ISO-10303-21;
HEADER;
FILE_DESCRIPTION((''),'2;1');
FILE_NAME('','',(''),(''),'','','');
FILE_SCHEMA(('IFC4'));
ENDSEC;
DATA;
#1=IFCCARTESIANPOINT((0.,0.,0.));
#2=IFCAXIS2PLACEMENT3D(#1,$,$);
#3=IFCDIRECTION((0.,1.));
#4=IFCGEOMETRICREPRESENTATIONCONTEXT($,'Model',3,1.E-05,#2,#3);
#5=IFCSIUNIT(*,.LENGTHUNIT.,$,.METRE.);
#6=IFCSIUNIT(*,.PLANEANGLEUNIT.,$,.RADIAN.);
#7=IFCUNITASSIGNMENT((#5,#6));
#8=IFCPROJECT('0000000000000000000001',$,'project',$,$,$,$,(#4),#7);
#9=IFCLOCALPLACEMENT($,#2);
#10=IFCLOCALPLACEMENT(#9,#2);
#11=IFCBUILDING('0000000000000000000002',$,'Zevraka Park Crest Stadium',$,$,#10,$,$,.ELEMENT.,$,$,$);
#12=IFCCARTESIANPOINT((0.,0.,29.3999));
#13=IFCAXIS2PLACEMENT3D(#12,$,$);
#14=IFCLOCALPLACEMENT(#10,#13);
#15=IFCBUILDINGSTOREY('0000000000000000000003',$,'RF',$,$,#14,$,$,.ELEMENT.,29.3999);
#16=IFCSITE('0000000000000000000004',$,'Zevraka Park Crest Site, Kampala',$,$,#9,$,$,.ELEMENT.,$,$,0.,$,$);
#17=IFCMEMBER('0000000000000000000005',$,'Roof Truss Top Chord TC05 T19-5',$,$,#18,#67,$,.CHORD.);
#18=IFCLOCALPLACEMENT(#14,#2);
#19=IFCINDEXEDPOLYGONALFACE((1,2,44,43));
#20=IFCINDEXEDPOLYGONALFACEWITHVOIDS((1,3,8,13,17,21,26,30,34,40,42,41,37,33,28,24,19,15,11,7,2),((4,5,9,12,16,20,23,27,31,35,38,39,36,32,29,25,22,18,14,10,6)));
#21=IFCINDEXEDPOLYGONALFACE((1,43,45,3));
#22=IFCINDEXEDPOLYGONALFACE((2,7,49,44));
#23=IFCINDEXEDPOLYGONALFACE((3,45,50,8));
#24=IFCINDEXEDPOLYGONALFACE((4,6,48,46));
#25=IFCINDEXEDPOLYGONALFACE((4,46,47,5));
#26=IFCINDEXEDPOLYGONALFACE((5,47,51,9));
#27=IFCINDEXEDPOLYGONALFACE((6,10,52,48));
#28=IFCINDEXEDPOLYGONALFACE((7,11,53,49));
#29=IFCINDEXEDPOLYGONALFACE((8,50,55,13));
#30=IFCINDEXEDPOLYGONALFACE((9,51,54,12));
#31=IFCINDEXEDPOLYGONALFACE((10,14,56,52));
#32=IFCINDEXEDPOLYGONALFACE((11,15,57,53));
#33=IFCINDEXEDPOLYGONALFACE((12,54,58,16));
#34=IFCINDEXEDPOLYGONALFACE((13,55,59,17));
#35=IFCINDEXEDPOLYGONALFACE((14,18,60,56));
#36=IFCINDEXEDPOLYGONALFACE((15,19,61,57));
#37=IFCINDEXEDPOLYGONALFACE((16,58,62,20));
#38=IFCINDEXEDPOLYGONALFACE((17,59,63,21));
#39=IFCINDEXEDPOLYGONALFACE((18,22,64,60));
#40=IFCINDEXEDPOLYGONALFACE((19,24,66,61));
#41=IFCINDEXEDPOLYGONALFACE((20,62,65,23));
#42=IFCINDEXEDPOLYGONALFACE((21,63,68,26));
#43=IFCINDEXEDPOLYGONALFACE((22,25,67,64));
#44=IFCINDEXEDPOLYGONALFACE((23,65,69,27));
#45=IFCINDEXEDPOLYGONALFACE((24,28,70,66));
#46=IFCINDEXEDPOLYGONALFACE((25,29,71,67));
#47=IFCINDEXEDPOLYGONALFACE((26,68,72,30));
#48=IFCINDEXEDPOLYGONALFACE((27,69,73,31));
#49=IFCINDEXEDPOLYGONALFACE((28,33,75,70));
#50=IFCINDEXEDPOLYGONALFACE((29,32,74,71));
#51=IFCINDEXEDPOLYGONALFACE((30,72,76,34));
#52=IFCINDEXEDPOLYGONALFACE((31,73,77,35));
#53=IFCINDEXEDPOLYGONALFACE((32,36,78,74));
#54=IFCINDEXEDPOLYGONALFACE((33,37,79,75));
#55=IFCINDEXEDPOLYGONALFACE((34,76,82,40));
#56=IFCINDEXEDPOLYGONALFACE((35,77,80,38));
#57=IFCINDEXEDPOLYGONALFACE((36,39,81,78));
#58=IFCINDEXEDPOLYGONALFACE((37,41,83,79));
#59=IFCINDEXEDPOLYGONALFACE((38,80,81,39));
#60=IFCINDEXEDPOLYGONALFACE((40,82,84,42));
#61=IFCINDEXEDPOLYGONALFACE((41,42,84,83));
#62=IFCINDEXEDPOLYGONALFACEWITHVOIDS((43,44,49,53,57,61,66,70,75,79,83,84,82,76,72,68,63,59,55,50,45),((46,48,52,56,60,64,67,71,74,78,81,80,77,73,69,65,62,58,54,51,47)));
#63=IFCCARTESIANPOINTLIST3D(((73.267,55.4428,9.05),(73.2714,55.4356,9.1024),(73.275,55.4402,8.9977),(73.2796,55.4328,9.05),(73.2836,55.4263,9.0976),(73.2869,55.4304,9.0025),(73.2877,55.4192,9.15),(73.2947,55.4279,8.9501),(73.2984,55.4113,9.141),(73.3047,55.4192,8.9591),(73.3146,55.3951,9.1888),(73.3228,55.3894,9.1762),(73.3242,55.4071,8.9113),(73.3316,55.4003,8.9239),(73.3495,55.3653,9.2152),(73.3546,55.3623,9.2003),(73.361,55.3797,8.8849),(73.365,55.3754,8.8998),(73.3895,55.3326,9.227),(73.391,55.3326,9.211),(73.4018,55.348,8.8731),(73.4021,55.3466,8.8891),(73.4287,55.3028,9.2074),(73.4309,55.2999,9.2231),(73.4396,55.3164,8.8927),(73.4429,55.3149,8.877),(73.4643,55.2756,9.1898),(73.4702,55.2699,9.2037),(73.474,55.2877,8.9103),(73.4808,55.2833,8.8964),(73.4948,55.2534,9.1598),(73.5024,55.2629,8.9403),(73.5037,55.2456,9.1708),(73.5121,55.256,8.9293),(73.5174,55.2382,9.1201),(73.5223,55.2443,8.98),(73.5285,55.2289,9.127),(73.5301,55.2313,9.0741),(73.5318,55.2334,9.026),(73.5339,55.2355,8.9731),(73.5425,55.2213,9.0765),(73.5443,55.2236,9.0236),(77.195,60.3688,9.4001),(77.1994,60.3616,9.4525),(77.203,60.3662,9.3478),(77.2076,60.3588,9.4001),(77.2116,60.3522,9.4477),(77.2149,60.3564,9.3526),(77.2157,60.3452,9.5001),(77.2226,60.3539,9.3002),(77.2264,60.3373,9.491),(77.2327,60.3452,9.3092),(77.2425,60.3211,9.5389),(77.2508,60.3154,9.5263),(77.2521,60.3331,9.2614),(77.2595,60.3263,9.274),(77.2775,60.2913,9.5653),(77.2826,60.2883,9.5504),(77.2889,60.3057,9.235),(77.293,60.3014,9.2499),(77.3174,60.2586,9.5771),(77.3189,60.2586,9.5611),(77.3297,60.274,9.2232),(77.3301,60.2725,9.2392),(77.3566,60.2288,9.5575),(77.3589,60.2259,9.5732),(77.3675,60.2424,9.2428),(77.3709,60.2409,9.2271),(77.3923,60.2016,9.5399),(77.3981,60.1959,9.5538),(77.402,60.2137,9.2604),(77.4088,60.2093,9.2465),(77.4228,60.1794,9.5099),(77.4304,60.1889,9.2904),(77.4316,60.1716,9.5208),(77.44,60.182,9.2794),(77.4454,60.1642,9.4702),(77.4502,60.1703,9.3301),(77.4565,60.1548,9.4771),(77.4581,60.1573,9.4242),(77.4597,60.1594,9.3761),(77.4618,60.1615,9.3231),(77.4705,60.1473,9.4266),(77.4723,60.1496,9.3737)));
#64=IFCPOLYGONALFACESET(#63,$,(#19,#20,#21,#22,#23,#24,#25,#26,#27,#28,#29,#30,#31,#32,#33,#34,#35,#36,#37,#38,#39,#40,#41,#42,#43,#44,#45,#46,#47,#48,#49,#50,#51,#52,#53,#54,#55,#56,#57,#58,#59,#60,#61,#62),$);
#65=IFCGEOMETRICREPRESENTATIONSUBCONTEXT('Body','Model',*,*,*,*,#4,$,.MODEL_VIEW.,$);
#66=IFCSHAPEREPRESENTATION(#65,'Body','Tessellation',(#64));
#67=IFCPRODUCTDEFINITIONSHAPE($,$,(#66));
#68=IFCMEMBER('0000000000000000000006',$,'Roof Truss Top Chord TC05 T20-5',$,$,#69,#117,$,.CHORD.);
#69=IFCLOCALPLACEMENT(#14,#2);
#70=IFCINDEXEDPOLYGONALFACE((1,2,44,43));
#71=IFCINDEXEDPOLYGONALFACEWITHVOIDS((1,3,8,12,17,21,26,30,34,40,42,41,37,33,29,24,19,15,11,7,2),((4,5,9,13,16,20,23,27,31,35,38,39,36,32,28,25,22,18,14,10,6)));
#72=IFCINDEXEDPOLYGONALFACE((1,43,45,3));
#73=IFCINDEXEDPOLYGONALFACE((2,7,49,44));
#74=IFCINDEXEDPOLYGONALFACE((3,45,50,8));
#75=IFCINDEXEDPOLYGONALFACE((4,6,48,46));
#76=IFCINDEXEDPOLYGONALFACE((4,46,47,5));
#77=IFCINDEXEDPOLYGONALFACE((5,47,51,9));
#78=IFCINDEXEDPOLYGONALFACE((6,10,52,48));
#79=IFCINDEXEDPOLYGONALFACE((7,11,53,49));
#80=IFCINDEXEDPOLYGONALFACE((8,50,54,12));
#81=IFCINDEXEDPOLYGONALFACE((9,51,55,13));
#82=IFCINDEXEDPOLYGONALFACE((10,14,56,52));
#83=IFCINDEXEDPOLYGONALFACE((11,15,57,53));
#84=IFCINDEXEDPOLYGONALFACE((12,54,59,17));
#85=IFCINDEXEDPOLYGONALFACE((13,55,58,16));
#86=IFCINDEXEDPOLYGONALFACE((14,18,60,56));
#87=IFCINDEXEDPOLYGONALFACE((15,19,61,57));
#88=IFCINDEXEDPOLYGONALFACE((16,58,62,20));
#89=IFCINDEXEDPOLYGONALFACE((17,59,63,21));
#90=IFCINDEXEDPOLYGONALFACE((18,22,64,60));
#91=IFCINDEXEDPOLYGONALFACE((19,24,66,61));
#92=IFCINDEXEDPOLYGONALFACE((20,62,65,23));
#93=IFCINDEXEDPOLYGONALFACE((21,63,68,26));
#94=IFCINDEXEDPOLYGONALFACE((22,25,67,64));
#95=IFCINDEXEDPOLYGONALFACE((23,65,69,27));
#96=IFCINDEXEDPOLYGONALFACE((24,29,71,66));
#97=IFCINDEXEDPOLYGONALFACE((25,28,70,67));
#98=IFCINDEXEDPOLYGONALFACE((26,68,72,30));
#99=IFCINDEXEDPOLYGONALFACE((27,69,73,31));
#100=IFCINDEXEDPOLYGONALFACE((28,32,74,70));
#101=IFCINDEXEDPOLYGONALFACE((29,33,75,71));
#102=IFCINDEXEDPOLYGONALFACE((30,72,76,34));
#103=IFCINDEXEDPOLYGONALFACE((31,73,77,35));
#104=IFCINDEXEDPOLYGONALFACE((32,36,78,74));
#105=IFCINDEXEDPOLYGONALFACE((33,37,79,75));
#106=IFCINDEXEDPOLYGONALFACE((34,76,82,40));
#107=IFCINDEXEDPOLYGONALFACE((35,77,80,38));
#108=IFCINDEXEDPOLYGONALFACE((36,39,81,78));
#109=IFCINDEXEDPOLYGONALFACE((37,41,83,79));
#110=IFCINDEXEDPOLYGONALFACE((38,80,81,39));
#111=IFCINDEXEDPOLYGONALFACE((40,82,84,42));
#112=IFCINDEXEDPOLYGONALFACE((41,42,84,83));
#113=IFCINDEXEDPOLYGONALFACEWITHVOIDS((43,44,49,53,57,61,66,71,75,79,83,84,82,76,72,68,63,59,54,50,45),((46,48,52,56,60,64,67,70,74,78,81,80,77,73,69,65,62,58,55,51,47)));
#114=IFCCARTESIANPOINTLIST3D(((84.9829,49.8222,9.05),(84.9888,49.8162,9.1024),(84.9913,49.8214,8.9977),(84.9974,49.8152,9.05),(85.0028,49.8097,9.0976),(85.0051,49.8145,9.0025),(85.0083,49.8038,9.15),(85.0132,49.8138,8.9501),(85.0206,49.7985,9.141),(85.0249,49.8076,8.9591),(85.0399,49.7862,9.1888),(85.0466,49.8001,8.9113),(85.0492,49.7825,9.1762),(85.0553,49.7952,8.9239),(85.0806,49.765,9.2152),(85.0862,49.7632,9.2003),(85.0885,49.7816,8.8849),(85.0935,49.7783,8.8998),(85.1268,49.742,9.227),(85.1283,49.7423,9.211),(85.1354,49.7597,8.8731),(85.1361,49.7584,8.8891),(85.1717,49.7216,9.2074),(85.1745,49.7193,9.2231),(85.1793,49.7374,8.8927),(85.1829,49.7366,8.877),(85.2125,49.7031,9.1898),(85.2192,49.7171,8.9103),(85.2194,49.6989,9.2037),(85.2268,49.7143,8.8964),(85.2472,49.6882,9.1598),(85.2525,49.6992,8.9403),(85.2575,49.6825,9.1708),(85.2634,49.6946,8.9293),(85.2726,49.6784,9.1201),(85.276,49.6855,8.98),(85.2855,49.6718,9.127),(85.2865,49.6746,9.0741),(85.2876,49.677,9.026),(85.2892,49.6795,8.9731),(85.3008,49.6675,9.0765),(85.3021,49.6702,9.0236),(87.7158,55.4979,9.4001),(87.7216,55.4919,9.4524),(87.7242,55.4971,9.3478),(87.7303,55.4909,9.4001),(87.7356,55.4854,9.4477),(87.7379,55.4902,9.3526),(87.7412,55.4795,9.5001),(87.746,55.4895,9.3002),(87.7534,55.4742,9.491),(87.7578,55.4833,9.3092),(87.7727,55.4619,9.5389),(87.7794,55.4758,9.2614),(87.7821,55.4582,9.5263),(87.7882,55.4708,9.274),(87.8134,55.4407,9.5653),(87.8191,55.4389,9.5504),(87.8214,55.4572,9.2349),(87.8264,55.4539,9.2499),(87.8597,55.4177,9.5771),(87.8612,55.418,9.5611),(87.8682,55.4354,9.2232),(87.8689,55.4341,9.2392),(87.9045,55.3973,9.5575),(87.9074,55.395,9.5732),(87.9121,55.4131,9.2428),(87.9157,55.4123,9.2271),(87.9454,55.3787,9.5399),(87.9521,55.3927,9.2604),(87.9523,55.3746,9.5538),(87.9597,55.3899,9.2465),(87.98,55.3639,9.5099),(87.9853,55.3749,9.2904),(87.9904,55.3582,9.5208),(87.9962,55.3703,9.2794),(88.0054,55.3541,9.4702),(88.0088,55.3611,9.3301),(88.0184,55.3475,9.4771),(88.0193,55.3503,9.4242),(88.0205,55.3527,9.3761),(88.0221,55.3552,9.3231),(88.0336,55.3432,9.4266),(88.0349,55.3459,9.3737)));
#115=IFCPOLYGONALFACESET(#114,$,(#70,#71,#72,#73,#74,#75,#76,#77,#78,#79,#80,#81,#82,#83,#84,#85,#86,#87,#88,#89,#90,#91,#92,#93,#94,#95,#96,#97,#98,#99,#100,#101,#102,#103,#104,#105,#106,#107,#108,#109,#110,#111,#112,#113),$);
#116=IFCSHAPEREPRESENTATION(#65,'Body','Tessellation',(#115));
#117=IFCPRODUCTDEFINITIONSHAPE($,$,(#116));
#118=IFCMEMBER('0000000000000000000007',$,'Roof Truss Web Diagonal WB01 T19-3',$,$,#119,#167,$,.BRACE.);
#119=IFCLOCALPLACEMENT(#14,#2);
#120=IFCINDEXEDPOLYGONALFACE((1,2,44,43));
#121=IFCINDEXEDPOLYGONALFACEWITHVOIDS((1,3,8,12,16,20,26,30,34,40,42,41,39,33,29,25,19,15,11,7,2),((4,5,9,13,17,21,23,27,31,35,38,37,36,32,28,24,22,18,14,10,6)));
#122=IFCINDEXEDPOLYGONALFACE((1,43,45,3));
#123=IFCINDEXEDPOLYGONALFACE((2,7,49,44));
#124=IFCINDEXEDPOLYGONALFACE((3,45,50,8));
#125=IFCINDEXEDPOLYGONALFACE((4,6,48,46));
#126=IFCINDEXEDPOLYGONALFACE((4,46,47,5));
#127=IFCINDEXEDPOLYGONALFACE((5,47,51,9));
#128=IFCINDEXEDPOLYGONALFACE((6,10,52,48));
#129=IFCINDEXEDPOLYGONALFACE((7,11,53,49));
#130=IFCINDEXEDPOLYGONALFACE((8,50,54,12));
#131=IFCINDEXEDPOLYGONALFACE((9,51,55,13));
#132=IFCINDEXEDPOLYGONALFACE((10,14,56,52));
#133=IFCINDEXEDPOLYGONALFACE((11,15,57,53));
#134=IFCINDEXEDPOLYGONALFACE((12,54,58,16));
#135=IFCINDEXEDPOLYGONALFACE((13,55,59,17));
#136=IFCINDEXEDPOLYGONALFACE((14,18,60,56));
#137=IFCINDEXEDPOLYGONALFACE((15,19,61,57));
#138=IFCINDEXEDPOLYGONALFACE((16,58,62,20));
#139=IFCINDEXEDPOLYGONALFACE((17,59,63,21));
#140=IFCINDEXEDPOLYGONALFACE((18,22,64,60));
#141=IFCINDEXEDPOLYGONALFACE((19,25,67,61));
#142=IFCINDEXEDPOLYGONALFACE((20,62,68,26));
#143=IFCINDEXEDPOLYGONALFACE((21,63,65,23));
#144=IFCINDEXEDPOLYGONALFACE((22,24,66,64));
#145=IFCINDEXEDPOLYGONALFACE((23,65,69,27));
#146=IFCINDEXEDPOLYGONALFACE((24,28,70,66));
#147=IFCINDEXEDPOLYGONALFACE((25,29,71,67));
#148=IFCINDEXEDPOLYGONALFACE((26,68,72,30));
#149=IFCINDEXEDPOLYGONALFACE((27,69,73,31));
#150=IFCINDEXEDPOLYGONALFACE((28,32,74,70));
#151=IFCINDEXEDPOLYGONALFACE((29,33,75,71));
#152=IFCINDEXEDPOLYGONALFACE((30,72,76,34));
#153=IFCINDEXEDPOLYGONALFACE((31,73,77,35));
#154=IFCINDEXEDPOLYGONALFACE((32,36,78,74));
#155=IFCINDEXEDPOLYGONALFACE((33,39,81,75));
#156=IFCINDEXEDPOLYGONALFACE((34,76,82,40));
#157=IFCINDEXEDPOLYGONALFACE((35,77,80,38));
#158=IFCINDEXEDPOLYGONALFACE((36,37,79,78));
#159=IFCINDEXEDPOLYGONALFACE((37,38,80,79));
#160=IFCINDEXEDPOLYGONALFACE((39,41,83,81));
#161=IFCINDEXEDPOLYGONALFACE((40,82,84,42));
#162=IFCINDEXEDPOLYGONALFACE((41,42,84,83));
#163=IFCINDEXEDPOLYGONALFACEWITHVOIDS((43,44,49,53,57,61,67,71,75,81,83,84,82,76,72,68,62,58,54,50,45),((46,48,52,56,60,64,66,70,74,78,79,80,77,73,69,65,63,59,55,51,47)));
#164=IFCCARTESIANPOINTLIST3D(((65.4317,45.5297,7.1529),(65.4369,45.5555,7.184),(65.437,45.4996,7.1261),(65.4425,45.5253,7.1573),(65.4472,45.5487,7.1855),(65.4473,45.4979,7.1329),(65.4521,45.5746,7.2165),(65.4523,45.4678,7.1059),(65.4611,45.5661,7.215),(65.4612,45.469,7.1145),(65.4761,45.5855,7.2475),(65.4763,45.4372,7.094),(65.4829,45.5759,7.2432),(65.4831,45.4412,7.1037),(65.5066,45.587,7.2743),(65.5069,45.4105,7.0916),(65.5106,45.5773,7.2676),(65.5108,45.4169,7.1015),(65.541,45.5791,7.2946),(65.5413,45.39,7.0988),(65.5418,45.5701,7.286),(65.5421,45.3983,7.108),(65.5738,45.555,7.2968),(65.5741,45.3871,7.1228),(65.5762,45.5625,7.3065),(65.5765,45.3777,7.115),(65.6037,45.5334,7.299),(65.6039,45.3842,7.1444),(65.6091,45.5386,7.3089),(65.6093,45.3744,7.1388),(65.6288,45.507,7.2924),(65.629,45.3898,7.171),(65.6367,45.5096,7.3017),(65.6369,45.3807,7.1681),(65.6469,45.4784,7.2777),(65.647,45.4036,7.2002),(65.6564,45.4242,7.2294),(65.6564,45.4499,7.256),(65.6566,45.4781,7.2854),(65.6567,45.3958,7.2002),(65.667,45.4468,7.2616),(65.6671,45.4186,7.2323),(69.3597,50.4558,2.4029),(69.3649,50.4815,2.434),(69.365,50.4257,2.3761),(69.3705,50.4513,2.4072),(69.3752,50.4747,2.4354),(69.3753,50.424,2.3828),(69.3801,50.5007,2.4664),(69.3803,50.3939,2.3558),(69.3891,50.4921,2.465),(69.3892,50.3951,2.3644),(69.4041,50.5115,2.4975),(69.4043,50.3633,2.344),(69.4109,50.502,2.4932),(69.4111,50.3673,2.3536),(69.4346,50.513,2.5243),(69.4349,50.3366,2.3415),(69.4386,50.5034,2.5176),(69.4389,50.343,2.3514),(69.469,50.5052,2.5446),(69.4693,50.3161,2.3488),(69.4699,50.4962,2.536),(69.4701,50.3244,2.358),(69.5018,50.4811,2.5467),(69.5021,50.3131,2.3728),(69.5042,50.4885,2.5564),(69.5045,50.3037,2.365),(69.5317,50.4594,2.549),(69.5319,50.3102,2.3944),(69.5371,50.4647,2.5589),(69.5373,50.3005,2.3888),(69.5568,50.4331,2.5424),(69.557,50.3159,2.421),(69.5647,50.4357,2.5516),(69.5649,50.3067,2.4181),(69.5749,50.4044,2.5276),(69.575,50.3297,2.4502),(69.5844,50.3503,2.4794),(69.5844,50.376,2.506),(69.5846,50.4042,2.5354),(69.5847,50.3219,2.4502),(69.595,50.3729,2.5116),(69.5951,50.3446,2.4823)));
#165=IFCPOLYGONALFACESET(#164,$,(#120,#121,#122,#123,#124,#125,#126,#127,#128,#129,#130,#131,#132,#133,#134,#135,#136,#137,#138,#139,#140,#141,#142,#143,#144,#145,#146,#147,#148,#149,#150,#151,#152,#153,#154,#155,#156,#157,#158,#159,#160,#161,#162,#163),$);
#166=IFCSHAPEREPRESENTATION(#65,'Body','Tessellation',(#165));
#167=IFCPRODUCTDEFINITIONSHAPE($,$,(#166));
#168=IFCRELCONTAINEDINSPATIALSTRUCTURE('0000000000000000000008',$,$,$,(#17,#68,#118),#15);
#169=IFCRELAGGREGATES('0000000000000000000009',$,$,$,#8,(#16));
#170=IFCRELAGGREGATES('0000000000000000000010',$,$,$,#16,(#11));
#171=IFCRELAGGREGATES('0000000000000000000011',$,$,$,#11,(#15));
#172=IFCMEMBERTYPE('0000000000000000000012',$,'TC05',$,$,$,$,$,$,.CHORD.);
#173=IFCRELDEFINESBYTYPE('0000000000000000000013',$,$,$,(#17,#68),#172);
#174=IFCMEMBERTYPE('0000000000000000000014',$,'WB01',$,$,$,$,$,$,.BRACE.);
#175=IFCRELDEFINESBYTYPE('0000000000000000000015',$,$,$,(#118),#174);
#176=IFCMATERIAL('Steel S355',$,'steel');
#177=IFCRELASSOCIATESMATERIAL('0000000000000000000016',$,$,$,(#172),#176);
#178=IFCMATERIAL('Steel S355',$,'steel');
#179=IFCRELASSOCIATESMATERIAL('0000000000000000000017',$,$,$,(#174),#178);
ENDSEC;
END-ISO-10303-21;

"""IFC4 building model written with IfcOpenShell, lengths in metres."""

from ifc_helpers import new_model, si_unit, direction, frame, origin, origin_2d, place, context, subcontext, project, spatial, hollow_circle, extrude, material, material_profile, profile_set, type_object, element, save


model = new_model("IFC4")

# Units and contexts
model_context = context("Model", 3, precision=1e-05, world=origin(), true_north=direction((0.0, 1.0)))
body_context = subcontext(model_context, "Body", "Model", "MODEL_VIEW")
ifc_project = project(units=[si_unit("LENGTHUNIT", "METRE"), si_unit("PLANEANGLEUNIT", "RADIAN")], contexts=[model_context])

# Site, building, storey
site_placement = place(None, origin())
site = spatial("IfcSite", under=ifc_project, at=site_placement, Name="Zevraka Park Crest Site, Kampala", CompositionType="ELEMENT", RefElevation=0.0)
building_placement = place(site_placement, origin())
building = spatial("IfcBuilding", under=site, at=building_placement, Name="Zevraka Park Crest Stadium", CompositionType="ELEMENT")
storey_placement = place(building_placement, frame((0.0, 0.0, 29.3999)))
storey = spatial("IfcBuildingStorey", under=building, at=storey_placement, Name="RF", CompositionType="ELEMENT", Elevation=29.3999)

# Members
ifc_material_1 = material(Name="Steel S355", Category="steel")
ifc_material_profile_1 = material_profile(ifc_material_1, hollow_circle(Radius=0.1777, WallThickness=0.0161, at=origin_2d()), Name="CHS 355.6x16")
ifc_profile_set_1 = profile_set([ifc_material_profile_1], Name="Steel S355")
member_type_1 = type_object("IfcMemberType", Name="TC05", PredefinedType="CHORD", material=ifc_profile_set_1)
member_1_placement = place(storey_placement, frame((73.406, 55.332, 9.05), z_axis=(0.622491, 0.780658, 0.055482), x_axis=(-0.781862, 0.623451, 0.0)))
element("IfcMember", 1, at=member_1_placement, inside=storey, type_object=member_type_1, Name="Roof Truss Top Chord TC05 T19-5", PredefinedType="CHORD", context=body_context, shape_type="SweptSolid", body=[
    extrude(hollow_circle(Radius=0.1777, WallThickness=0.0161, at=origin_2d()), origin(), (0.0, 0.0, 1.0), 6.3101),
])
member_2_placement = place(storey_placement, frame((85.1431, 49.7451, 9.05), z_axis=(0.433163, 0.899606, 0.05549), x_axis=(-0.900994, 0.433832, 0.0)))
element("IfcMember", 2, at=member_2_placement, inside=storey, type_object=member_type_1, Name="Roof Truss Top Chord TC05 T20-5", PredefinedType="CHORD", context=body_context, shape_type="SweptSolid", body=[
    extrude(hollow_circle(Radius=0.1777, WallThickness=0.0161, at=origin_2d()), origin(), (0.0, 0.0, 1.0), 6.3091),
])
ifc_material_2 = material(Name="Steel S355", Category="steel")
ifc_material_profile_2 = material_profile(ifc_material_2, hollow_circle(Radius=0.1365, WallThickness=0.0125, at=origin_2d()), Name="CHS 273.0x12.5")
ifc_profile_set_2 = profile_set([ifc_material_profile_2], Name="Steel S355")
member_type_2 = type_object("IfcMemberType", Name="WB01", PredefinedType="BRACE", material=ifc_profile_set_2)
member_3_placement = place(storey_placement, frame((69.478, 50.407, 2.4502), z_axis=(-0.497822, -0.624312, 0.602003), x_axis=(0.781862, -0.623451, 0.0)))
element("IfcMember", 3, at=member_3_placement, inside=storey, type_object=member_type_2, Name="Roof Truss Web Diagonal WB01 T19-3", PredefinedType="BRACE", context=body_context, shape_type="SweptSolid", body=[
    extrude(hollow_circle(Radius=0.1365, WallThickness=0.0125, at=origin_2d()), origin(), (0.0, 0.0, 1.0), 7.8904),
])

save(model, "model.ifc")
